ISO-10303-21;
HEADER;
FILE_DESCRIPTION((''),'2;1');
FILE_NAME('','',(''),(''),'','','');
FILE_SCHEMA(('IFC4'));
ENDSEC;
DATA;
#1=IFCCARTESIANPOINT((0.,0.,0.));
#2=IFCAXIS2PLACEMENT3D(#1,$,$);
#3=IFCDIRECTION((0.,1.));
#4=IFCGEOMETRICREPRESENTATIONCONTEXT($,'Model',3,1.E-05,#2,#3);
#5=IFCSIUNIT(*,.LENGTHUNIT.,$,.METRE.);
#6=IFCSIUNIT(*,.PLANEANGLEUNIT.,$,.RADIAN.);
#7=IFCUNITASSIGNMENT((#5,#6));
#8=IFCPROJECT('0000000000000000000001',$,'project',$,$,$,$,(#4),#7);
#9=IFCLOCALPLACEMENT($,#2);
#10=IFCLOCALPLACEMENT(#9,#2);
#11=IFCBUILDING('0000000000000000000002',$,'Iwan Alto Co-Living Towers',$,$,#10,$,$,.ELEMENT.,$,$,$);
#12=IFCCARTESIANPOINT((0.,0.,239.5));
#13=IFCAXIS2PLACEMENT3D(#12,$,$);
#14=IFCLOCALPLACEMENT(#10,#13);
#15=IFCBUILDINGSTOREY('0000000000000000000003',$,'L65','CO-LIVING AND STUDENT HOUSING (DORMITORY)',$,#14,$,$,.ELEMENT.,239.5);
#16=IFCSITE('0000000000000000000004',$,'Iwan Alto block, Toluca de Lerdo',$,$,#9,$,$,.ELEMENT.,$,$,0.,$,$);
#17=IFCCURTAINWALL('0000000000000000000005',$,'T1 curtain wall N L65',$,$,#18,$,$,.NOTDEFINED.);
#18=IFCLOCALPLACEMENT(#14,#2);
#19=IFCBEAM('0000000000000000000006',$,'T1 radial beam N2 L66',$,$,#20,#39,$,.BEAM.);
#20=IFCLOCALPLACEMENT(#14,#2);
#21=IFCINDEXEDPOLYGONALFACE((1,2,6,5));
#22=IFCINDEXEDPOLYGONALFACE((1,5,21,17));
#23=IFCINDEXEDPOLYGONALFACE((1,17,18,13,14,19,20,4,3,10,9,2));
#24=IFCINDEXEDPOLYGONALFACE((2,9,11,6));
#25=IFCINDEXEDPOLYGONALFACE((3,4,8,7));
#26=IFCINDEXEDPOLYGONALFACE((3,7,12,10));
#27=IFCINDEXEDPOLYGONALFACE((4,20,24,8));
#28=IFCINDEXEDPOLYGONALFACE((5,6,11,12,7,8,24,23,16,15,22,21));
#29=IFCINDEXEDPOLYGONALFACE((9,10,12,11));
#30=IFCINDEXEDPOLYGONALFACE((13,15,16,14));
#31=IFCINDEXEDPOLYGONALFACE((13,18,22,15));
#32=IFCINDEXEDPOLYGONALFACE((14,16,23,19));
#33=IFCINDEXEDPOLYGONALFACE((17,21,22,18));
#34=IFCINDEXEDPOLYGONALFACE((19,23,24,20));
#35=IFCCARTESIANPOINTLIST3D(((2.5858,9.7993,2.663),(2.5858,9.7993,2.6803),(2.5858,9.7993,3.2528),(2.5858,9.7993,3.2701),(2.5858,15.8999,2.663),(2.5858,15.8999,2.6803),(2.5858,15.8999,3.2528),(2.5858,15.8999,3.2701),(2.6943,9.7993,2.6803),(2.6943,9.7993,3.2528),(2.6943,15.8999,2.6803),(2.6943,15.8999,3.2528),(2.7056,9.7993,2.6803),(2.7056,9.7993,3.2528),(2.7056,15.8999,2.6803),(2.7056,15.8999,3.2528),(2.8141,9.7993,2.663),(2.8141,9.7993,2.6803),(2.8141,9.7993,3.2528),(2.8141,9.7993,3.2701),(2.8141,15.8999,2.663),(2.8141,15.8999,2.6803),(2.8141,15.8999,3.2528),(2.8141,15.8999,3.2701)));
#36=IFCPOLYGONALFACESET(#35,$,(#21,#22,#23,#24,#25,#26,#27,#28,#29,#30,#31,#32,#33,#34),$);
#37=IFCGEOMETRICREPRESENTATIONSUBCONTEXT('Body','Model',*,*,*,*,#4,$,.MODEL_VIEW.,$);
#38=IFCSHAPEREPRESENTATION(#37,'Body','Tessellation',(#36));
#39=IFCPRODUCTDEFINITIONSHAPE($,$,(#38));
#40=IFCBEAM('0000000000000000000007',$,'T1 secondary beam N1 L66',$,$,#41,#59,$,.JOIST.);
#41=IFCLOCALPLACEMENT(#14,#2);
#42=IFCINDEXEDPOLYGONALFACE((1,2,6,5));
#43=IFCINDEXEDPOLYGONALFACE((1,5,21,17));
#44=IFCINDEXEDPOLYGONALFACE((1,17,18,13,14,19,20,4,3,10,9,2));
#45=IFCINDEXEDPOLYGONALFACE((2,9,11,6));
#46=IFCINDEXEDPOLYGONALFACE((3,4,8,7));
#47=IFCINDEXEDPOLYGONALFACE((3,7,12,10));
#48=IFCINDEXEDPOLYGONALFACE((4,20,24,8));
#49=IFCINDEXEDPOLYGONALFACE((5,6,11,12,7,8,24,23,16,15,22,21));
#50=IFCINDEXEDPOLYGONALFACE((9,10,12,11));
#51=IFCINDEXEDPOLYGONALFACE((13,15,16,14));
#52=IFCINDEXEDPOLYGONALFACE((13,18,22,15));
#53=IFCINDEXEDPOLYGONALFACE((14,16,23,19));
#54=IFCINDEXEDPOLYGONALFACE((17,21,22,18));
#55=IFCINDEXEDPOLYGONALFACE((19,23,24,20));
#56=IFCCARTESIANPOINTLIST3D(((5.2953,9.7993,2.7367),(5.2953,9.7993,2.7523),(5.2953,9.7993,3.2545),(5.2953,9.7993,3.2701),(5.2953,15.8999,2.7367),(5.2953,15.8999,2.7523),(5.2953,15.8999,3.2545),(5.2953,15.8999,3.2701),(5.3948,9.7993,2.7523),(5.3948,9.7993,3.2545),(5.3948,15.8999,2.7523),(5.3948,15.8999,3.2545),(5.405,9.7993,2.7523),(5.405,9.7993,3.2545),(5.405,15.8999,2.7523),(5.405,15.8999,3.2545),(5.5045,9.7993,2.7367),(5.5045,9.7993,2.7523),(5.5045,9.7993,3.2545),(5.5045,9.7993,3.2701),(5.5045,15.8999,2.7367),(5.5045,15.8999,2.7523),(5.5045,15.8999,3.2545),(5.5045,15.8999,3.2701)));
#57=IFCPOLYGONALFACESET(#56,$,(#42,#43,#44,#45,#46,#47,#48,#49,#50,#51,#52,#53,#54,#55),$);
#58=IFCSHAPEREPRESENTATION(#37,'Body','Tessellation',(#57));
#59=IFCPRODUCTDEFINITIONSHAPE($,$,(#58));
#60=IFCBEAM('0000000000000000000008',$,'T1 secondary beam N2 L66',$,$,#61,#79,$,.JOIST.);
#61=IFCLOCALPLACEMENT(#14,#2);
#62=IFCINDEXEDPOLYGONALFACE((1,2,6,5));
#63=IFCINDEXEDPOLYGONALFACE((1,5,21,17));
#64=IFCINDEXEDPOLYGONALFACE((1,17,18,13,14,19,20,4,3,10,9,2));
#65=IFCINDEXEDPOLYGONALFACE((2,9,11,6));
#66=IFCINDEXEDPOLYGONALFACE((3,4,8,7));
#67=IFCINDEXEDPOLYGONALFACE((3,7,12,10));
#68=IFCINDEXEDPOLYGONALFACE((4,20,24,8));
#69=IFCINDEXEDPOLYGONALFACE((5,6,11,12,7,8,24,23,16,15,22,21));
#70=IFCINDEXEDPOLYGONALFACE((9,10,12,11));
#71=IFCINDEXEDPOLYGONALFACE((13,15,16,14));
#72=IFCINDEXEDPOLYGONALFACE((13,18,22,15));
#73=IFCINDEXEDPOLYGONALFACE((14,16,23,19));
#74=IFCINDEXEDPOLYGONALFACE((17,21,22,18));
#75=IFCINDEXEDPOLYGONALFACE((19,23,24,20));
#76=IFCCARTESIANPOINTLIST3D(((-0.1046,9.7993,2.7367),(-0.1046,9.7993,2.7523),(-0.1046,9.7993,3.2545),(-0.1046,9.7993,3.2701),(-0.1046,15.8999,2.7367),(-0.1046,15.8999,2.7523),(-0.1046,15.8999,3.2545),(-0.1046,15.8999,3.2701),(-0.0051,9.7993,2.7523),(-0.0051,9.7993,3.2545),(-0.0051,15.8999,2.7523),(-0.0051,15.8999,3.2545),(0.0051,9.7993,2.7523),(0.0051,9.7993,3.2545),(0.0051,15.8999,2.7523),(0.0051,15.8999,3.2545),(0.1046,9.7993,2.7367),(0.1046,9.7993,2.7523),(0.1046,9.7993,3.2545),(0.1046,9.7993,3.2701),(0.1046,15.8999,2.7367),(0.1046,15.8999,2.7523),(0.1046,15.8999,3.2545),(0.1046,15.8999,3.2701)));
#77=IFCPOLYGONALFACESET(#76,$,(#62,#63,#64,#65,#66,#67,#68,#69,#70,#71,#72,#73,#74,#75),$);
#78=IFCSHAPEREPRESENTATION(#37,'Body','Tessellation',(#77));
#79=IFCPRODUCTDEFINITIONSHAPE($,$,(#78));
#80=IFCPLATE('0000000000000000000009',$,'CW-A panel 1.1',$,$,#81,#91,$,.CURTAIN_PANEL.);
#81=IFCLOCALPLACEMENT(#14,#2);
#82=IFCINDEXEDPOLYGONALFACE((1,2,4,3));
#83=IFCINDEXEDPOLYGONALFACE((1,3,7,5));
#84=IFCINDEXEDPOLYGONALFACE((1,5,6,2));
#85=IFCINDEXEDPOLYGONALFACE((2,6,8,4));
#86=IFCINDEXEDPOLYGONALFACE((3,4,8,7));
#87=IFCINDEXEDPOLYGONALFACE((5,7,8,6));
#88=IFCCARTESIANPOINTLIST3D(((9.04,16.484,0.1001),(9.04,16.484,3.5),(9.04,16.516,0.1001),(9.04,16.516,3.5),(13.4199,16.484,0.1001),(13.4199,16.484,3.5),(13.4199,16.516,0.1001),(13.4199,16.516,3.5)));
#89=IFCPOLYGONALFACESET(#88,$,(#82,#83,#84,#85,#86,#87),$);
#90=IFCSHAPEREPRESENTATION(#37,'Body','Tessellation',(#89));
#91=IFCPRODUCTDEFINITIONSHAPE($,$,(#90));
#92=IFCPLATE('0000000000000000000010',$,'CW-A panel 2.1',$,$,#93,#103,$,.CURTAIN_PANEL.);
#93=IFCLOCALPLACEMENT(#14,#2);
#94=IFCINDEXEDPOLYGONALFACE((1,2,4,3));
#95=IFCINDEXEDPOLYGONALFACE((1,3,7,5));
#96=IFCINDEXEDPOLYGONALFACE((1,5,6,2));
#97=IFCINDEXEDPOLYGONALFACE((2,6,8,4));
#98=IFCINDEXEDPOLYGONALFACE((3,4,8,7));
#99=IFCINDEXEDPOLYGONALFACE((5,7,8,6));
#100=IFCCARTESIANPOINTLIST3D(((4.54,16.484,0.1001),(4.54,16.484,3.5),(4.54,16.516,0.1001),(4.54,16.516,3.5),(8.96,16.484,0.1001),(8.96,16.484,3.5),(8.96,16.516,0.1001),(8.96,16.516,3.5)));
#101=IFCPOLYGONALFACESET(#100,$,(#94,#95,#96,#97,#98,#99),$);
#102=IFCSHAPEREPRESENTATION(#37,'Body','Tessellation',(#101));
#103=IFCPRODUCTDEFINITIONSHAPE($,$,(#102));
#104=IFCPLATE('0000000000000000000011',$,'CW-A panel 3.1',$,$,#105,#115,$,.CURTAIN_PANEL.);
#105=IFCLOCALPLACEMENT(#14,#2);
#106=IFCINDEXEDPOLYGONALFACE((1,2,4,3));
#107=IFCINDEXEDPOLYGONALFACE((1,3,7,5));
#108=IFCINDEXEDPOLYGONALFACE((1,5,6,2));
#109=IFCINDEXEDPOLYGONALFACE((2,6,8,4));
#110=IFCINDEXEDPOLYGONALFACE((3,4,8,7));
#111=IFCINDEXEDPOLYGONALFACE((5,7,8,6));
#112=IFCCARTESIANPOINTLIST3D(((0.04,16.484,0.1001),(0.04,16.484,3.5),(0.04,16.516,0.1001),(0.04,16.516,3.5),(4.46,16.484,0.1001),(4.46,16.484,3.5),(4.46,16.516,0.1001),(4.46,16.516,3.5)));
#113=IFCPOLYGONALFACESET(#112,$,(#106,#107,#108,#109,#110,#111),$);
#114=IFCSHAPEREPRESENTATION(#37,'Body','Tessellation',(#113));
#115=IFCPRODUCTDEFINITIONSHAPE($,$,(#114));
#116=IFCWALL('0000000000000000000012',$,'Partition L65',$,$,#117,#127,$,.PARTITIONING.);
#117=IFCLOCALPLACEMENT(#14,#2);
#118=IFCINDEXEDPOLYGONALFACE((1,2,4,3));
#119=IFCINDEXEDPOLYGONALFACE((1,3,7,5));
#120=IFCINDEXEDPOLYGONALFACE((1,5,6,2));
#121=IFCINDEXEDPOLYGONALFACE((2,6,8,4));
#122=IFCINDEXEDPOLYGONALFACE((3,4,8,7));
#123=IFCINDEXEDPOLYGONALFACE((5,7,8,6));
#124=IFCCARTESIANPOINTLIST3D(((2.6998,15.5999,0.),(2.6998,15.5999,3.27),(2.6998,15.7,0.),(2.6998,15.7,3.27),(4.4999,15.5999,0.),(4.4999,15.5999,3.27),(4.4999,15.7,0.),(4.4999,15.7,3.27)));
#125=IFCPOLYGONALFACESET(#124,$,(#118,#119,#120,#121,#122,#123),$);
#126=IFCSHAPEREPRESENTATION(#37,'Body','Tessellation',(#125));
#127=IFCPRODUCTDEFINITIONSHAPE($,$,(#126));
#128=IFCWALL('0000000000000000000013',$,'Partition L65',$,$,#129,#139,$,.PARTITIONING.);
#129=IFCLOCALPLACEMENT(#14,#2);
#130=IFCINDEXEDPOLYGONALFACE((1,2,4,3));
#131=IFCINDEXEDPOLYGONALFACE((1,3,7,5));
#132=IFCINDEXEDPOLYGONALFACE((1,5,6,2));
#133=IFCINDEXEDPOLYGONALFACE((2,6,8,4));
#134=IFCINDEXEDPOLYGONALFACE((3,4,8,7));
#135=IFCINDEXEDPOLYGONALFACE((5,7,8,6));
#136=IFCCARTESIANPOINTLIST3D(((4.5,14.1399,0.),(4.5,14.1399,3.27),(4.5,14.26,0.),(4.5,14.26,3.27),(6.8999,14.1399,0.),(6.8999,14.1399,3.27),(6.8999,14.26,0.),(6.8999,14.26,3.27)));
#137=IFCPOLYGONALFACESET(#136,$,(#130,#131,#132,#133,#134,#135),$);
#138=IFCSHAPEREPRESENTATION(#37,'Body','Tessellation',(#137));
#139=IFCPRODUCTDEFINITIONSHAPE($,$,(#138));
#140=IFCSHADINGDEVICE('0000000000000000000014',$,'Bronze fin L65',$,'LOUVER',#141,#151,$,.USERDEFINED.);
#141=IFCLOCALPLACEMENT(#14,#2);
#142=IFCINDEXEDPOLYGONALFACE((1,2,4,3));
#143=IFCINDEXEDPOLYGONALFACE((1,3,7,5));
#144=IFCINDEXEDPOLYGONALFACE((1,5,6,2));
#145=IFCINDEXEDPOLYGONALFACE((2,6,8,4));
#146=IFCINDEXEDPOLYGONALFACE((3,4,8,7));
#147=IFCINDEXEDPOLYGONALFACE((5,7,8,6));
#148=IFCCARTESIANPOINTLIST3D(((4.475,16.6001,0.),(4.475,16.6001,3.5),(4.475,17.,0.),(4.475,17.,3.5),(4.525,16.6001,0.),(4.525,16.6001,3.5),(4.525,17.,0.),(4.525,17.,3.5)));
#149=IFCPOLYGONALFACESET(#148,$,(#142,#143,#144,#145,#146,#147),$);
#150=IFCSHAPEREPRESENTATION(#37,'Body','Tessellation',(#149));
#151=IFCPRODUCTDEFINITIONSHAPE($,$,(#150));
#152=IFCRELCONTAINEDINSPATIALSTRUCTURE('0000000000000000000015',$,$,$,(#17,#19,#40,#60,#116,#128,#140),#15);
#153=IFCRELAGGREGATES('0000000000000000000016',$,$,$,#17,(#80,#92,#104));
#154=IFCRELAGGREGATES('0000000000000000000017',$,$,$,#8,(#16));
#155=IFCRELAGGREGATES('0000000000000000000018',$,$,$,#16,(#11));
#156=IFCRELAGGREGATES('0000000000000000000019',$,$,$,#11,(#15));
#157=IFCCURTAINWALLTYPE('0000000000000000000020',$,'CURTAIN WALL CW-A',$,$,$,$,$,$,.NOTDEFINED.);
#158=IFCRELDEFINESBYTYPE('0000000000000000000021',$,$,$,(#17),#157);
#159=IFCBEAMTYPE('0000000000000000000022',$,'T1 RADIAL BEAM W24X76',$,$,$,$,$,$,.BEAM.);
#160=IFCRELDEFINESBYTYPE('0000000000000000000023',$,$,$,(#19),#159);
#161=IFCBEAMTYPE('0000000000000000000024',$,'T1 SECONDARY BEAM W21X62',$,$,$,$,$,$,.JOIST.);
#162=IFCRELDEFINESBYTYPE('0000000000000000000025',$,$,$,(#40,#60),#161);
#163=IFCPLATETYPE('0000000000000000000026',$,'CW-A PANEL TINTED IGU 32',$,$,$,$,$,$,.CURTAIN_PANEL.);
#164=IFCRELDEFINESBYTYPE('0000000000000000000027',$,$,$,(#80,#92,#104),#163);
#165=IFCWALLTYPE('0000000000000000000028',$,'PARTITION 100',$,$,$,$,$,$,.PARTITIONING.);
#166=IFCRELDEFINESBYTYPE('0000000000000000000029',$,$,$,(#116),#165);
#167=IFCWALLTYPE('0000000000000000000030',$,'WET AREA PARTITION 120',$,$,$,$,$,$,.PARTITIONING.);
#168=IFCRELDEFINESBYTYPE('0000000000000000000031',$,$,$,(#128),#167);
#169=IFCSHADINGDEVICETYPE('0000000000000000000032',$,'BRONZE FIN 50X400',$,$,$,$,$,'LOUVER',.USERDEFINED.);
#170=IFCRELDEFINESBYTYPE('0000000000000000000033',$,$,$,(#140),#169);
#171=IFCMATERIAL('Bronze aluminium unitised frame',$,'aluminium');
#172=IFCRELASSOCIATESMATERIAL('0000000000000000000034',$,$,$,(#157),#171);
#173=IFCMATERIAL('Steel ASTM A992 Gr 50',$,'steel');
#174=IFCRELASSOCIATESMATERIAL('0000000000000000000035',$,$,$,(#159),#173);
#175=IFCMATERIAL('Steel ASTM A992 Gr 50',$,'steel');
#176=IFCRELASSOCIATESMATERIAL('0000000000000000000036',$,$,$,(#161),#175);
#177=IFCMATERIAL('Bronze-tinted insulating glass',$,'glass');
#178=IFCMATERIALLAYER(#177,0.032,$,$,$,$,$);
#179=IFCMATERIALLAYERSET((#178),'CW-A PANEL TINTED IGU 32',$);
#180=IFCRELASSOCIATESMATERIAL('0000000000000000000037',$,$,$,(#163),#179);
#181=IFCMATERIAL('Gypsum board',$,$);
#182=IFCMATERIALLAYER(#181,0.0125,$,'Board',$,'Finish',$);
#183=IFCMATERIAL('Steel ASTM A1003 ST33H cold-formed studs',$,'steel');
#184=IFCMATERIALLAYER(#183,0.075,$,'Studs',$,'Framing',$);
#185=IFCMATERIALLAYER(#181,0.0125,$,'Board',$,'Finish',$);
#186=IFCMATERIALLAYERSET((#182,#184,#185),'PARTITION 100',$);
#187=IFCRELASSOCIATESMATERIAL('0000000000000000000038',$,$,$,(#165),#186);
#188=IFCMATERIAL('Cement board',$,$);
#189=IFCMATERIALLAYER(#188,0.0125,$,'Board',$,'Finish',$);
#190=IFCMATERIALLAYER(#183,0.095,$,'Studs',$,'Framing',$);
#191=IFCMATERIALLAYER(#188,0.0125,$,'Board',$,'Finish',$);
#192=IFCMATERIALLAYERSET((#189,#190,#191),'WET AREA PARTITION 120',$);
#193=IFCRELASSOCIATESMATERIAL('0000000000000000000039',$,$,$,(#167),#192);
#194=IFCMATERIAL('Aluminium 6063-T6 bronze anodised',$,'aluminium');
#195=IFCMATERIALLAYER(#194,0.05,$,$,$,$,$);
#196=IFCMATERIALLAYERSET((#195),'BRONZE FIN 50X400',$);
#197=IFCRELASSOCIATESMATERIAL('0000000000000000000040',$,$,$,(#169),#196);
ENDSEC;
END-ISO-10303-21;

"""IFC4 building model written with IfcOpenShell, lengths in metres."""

from ifc_helpers import new_model, si_unit, direction, frame, frame_2d, origin, origin_2d, place, context, subcontext, project, spatial, rectangle, i_section, extrude, material, layer, layer_set, material_profile, profile_set, type_object, element, aggregate, save


model = new_model("IFC4")

# Units and contexts
model_context = context("Model", 3, precision=1e-05, world=origin(), true_north=direction((0.0, 1.0)))
body_context = subcontext(model_context, "Body", "Model", "MODEL_VIEW")
ifc_project = project(units=[si_unit("LENGTHUNIT", "METRE"), si_unit("PLANEANGLEUNIT", "RADIAN")], contexts=[model_context])

# Site, building, storey
site_placement = place(None, origin())
site = spatial("IfcSite", under=ifc_project, at=site_placement, Name="Iwan Alto block, Toluca de Lerdo", CompositionType="ELEMENT", RefElevation=0.0)
building_placement = place(site_placement, origin())
building = spatial("IfcBuilding", under=site, at=building_placement, Name="Iwan Alto Co-Living Towers", CompositionType="ELEMENT")
storey_placement = place(building_placement, frame((0.0, 0.0, 239.5)))
storey = spatial("IfcBuildingStorey", under=building, at=storey_placement, Name="L65", Description="CO-LIVING AND STUDENT HOUSING (DORMITORY)", CompositionType="ELEMENT", Elevation=239.5)

# Curtain wall
ifc_material_1 = material(Name="Bronze aluminium unitised frame", Category="aluminium")
curtain_wall_type = type_object("IfcCurtainWallType", Name="CURTAIN WALL CW-A", PredefinedType="NOTDEFINED", material=ifc_material_1)
curtain_wall_placement = place(storey_placement, origin())
curtain_wall = element("IfcCurtainWall", 1, at=curtain_wall_placement, inside=storey, type_object=curtain_wall_type, Name="T1 curtain wall N L65", PredefinedType="NOTDEFINED")

# Beams
ifc_material_2 = material(Name="Steel ASTM A992 Gr 50", Category="steel")
ifc_material_profile_1 = material_profile(ifc_material_2, i_section(OverallWidth=0.2283, OverallDepth=0.6072, WebThickness=0.0112, FlangeThickness=0.0173, at=origin_2d()), Name="W24X76")
ifc_profile_set_1 = profile_set([ifc_material_profile_1], Name="Steel ASTM A992 Gr 50")
beam_type_1 = type_object("IfcBeamType", Name="T1 RADIAL BEAM W24X76", PredefinedType="BEAM", material=ifc_profile_set_1)
for number, where, z_axis, x_axis, name in (
    (2, (2.7, 15.8999, 2.9666), (0.0, -1.0, 0.0), (1.0, 0.0, 0.0), "T1 radial beam N2 L66"),
):
    element("IfcBeam", number, at=place(storey_placement, frame(where, z_axis=z_axis, x_axis=x_axis)), inside=storey, type_object=beam_type_1, Name=name, PredefinedType="BEAM", context=body_context, shape_type="SweptSolid", body=[
        extrude(i_section(OverallWidth=0.2283, OverallDepth=0.6072, WebThickness=0.0112, FlangeThickness=0.0173, at=origin_2d()), origin(), (0.0, 0.0, 1.0), 6.1006),
    ])
ifc_material_3 = material(Name="Steel ASTM A992 Gr 50", Category="steel")
ifc_material_profile_2 = material_profile(ifc_material_3, i_section(OverallWidth=0.2092, OverallDepth=0.5334, WebThickness=0.0103, FlangeThickness=0.0156, at=origin_2d()), Name="W21X62")
ifc_profile_set_2 = profile_set([ifc_material_profile_2], Name="Steel ASTM A992 Gr 50")
beam_type_2 = type_object("IfcBeamType", Name="T1 SECONDARY BEAM W21X62", PredefinedType="JOIST", material=ifc_profile_set_2)
for number, where, z_axis, x_axis, name in (
    (3, (5.3999, 15.8999, 3.0034), (0.0, -1.0, 0.0), (1.0, 0.0, 0.0), "T1 secondary beam N1 L66"),
    (4, (0.0, 15.8999, 3.0034), (0.0, -1.0, 0.0), (1.0, 0.0, 0.0), "T1 secondary beam N2 L66"),
):
    element("IfcBeam", number, at=place(storey_placement, frame(where, z_axis=z_axis, x_axis=x_axis)), inside=storey, type_object=beam_type_2, Name=name, PredefinedType="JOIST", context=body_context, shape_type="SweptSolid", body=[
        extrude(i_section(OverallWidth=0.2092, OverallDepth=0.5334, WebThickness=0.0103, FlangeThickness=0.0156, at=origin_2d()), origin(), (0.0, 0.0, 1.0), 6.1006),
    ])

# Plates
ifc_material_4 = material(Name="Bronze-tinted insulating glass", Category="glass")
ifc_layer_1 = layer(ifc_material_4, 0.032)
ifc_layer_set_1 = layer_set([ifc_layer_1], Name="CW-A PANEL TINTED IGU 32")
plate_type = type_object("IfcPlateType", Name="CW-A PANEL TINTED IGU 32", PredefinedType="CURTAIN_PANEL", material=ifc_layer_set_1)
plate_1_placement = place(storey_placement, frame((11.23, 16.5, 0.1001), z_axis=(0.0, 0.0, 1.0), x_axis=(-1.0, 0.0, 0.0)))
plate_1 = element("IfcPlate", 5, at=plate_1_placement, type_object=plate_type, Name="CW-A panel 1.1", PredefinedType="CURTAIN_PANEL", context=body_context, shape_type="SweptSolid", body=[
    extrude(rectangle(XDim=4.3799, YDim=0.032, at=origin_2d()), origin(), (0.0, 0.0, 1.0), 3.3999),
])
plate_2_placement = place(storey_placement, frame((6.75, 16.5, 0.1001), z_axis=(0.0, 0.0, 1.0), x_axis=(-1.0, 0.0, 0.0)))
plate_2 = element("IfcPlate", 6, at=plate_2_placement, type_object=plate_type, Name="CW-A panel 2.1", PredefinedType="CURTAIN_PANEL", context=body_context, shape_type="SweptSolid", body=[
    extrude(rectangle(XDim=4.4199, YDim=0.032, at=origin_2d()), origin(), (0.0, 0.0, 1.0), 3.3999),
])
plate_3_placement = place(storey_placement, frame((2.25, 16.5, 0.1001), z_axis=(0.0, 0.0, 1.0), x_axis=(-1.0, 0.0, 0.0)))
plate_3 = element("IfcPlate", 7, at=plate_3_placement, type_object=plate_type, Name="CW-A panel 3.1", PredefinedType="CURTAIN_PANEL", context=body_context, shape_type="SweptSolid", body=[
    extrude(rectangle(XDim=4.4199, YDim=0.032, at=origin_2d()), origin(), (0.0, 0.0, 1.0), 3.3999),
])
aggregate(curtain_wall, [plate_1, plate_2, plate_3])

# Walls
ifc_material_5 = material(Name="Gypsum board")
ifc_layer_2 = layer(ifc_material_5, 0.0125, Name="Board", Category="Finish")
ifc_material_6 = material(Name="Steel ASTM A1003 ST33H cold-formed studs", Category="steel")
ifc_layer_3 = layer(ifc_material_6, 0.075, Name="Studs", Category="Framing")
ifc_layer_4 = layer(ifc_material_5, 0.0125, Name="Board", Category="Finish")
ifc_layer_set_2 = layer_set([ifc_layer_2, ifc_layer_3, ifc_layer_4], Name="PARTITION 100")
wall_type_1 = type_object("IfcWallType", Name="PARTITION 100", PredefinedType="PARTITIONING", material=ifc_layer_set_2)
wall_1_placement = place(storey_placement, frame((2.7, 15.6499, 0.0), z_axis=(0.0, 0.0, 1.0), x_axis=(1.0, 0.0, 0.0)))
element("IfcWall", 8, at=wall_1_placement, inside=storey, type_object=wall_type_1, Name="Partition L65", PredefinedType="PARTITIONING", context=body_context, shape_type="SweptSolid", body=[
    extrude(rectangle(XDim=1.8, YDim=0.1001, at=frame_2d((0.8999, 0.0))), origin(), (0.0, 0.0, 1.0), 3.27),
])
ifc_material_7 = material(Name="Cement board")
ifc_layer_5 = layer(ifc_material_7, 0.0125, Name="Board", Category="Finish")
ifc_layer_6 = layer(ifc_material_6, 0.095, Name="Studs", Category="Framing")
ifc_layer_7 = layer(ifc_material_7, 0.0125, Name="Board", Category="Finish")
ifc_layer_set_3 = layer_set([ifc_layer_5, ifc_layer_6, ifc_layer_7], Name="WET AREA PARTITION 120")
wall_type_2 = type_object("IfcWallType", Name="WET AREA PARTITION 120", PredefinedType="PARTITIONING", material=ifc_layer_set_3)
wall_2_placement = place(storey_placement, frame((4.5, 14.2, 0.0), z_axis=(0.0, 0.0, 1.0), x_axis=(1.0, 0.0, 0.0)))
element("IfcWall", 9, at=wall_2_placement, inside=storey, type_object=wall_type_2, Name="Partition L65", PredefinedType="PARTITIONING", context=body_context, shape_type="SweptSolid", body=[
    extrude(rectangle(XDim=2.3999, YDim=0.1201, at=frame_2d((1.2, 0.0))), origin(), (0.0, 0.0, 1.0), 3.27),
])

# Shading device
ifc_material_8 = material(Name="Aluminium 6063-T6 bronze anodised", Category="aluminium")
ifc_layer_8 = layer(ifc_material_8, 0.05)
ifc_layer_set_4 = layer_set([ifc_layer_8], Name="BRONZE FIN 50X400")
shading_device_type = type_object("IfcShadingDeviceType", Name="BRONZE FIN 50X400", ElementType="LOUVER", PredefinedType="USERDEFINED", material=ifc_layer_set_4)
shading_device_placement = place(storey_placement, frame((4.5, 16.8, 0.0), z_axis=(0.0, 0.0, 1.0), x_axis=(-1.0, 0.0, 0.0)))
element("IfcShadingDevice", 10, at=shading_device_placement, inside=storey, type_object=shading_device_type, Name="Bronze fin L65", ObjectType="LOUVER", PredefinedType="USERDEFINED", context=body_context, shape_type="SweptSolid", body=[
    extrude(rectangle(XDim=0.05, YDim=0.3999, at=origin_2d()), origin(), (0.0, 0.0, 1.0), 3.5),
])

save(model, "model.ifc")
